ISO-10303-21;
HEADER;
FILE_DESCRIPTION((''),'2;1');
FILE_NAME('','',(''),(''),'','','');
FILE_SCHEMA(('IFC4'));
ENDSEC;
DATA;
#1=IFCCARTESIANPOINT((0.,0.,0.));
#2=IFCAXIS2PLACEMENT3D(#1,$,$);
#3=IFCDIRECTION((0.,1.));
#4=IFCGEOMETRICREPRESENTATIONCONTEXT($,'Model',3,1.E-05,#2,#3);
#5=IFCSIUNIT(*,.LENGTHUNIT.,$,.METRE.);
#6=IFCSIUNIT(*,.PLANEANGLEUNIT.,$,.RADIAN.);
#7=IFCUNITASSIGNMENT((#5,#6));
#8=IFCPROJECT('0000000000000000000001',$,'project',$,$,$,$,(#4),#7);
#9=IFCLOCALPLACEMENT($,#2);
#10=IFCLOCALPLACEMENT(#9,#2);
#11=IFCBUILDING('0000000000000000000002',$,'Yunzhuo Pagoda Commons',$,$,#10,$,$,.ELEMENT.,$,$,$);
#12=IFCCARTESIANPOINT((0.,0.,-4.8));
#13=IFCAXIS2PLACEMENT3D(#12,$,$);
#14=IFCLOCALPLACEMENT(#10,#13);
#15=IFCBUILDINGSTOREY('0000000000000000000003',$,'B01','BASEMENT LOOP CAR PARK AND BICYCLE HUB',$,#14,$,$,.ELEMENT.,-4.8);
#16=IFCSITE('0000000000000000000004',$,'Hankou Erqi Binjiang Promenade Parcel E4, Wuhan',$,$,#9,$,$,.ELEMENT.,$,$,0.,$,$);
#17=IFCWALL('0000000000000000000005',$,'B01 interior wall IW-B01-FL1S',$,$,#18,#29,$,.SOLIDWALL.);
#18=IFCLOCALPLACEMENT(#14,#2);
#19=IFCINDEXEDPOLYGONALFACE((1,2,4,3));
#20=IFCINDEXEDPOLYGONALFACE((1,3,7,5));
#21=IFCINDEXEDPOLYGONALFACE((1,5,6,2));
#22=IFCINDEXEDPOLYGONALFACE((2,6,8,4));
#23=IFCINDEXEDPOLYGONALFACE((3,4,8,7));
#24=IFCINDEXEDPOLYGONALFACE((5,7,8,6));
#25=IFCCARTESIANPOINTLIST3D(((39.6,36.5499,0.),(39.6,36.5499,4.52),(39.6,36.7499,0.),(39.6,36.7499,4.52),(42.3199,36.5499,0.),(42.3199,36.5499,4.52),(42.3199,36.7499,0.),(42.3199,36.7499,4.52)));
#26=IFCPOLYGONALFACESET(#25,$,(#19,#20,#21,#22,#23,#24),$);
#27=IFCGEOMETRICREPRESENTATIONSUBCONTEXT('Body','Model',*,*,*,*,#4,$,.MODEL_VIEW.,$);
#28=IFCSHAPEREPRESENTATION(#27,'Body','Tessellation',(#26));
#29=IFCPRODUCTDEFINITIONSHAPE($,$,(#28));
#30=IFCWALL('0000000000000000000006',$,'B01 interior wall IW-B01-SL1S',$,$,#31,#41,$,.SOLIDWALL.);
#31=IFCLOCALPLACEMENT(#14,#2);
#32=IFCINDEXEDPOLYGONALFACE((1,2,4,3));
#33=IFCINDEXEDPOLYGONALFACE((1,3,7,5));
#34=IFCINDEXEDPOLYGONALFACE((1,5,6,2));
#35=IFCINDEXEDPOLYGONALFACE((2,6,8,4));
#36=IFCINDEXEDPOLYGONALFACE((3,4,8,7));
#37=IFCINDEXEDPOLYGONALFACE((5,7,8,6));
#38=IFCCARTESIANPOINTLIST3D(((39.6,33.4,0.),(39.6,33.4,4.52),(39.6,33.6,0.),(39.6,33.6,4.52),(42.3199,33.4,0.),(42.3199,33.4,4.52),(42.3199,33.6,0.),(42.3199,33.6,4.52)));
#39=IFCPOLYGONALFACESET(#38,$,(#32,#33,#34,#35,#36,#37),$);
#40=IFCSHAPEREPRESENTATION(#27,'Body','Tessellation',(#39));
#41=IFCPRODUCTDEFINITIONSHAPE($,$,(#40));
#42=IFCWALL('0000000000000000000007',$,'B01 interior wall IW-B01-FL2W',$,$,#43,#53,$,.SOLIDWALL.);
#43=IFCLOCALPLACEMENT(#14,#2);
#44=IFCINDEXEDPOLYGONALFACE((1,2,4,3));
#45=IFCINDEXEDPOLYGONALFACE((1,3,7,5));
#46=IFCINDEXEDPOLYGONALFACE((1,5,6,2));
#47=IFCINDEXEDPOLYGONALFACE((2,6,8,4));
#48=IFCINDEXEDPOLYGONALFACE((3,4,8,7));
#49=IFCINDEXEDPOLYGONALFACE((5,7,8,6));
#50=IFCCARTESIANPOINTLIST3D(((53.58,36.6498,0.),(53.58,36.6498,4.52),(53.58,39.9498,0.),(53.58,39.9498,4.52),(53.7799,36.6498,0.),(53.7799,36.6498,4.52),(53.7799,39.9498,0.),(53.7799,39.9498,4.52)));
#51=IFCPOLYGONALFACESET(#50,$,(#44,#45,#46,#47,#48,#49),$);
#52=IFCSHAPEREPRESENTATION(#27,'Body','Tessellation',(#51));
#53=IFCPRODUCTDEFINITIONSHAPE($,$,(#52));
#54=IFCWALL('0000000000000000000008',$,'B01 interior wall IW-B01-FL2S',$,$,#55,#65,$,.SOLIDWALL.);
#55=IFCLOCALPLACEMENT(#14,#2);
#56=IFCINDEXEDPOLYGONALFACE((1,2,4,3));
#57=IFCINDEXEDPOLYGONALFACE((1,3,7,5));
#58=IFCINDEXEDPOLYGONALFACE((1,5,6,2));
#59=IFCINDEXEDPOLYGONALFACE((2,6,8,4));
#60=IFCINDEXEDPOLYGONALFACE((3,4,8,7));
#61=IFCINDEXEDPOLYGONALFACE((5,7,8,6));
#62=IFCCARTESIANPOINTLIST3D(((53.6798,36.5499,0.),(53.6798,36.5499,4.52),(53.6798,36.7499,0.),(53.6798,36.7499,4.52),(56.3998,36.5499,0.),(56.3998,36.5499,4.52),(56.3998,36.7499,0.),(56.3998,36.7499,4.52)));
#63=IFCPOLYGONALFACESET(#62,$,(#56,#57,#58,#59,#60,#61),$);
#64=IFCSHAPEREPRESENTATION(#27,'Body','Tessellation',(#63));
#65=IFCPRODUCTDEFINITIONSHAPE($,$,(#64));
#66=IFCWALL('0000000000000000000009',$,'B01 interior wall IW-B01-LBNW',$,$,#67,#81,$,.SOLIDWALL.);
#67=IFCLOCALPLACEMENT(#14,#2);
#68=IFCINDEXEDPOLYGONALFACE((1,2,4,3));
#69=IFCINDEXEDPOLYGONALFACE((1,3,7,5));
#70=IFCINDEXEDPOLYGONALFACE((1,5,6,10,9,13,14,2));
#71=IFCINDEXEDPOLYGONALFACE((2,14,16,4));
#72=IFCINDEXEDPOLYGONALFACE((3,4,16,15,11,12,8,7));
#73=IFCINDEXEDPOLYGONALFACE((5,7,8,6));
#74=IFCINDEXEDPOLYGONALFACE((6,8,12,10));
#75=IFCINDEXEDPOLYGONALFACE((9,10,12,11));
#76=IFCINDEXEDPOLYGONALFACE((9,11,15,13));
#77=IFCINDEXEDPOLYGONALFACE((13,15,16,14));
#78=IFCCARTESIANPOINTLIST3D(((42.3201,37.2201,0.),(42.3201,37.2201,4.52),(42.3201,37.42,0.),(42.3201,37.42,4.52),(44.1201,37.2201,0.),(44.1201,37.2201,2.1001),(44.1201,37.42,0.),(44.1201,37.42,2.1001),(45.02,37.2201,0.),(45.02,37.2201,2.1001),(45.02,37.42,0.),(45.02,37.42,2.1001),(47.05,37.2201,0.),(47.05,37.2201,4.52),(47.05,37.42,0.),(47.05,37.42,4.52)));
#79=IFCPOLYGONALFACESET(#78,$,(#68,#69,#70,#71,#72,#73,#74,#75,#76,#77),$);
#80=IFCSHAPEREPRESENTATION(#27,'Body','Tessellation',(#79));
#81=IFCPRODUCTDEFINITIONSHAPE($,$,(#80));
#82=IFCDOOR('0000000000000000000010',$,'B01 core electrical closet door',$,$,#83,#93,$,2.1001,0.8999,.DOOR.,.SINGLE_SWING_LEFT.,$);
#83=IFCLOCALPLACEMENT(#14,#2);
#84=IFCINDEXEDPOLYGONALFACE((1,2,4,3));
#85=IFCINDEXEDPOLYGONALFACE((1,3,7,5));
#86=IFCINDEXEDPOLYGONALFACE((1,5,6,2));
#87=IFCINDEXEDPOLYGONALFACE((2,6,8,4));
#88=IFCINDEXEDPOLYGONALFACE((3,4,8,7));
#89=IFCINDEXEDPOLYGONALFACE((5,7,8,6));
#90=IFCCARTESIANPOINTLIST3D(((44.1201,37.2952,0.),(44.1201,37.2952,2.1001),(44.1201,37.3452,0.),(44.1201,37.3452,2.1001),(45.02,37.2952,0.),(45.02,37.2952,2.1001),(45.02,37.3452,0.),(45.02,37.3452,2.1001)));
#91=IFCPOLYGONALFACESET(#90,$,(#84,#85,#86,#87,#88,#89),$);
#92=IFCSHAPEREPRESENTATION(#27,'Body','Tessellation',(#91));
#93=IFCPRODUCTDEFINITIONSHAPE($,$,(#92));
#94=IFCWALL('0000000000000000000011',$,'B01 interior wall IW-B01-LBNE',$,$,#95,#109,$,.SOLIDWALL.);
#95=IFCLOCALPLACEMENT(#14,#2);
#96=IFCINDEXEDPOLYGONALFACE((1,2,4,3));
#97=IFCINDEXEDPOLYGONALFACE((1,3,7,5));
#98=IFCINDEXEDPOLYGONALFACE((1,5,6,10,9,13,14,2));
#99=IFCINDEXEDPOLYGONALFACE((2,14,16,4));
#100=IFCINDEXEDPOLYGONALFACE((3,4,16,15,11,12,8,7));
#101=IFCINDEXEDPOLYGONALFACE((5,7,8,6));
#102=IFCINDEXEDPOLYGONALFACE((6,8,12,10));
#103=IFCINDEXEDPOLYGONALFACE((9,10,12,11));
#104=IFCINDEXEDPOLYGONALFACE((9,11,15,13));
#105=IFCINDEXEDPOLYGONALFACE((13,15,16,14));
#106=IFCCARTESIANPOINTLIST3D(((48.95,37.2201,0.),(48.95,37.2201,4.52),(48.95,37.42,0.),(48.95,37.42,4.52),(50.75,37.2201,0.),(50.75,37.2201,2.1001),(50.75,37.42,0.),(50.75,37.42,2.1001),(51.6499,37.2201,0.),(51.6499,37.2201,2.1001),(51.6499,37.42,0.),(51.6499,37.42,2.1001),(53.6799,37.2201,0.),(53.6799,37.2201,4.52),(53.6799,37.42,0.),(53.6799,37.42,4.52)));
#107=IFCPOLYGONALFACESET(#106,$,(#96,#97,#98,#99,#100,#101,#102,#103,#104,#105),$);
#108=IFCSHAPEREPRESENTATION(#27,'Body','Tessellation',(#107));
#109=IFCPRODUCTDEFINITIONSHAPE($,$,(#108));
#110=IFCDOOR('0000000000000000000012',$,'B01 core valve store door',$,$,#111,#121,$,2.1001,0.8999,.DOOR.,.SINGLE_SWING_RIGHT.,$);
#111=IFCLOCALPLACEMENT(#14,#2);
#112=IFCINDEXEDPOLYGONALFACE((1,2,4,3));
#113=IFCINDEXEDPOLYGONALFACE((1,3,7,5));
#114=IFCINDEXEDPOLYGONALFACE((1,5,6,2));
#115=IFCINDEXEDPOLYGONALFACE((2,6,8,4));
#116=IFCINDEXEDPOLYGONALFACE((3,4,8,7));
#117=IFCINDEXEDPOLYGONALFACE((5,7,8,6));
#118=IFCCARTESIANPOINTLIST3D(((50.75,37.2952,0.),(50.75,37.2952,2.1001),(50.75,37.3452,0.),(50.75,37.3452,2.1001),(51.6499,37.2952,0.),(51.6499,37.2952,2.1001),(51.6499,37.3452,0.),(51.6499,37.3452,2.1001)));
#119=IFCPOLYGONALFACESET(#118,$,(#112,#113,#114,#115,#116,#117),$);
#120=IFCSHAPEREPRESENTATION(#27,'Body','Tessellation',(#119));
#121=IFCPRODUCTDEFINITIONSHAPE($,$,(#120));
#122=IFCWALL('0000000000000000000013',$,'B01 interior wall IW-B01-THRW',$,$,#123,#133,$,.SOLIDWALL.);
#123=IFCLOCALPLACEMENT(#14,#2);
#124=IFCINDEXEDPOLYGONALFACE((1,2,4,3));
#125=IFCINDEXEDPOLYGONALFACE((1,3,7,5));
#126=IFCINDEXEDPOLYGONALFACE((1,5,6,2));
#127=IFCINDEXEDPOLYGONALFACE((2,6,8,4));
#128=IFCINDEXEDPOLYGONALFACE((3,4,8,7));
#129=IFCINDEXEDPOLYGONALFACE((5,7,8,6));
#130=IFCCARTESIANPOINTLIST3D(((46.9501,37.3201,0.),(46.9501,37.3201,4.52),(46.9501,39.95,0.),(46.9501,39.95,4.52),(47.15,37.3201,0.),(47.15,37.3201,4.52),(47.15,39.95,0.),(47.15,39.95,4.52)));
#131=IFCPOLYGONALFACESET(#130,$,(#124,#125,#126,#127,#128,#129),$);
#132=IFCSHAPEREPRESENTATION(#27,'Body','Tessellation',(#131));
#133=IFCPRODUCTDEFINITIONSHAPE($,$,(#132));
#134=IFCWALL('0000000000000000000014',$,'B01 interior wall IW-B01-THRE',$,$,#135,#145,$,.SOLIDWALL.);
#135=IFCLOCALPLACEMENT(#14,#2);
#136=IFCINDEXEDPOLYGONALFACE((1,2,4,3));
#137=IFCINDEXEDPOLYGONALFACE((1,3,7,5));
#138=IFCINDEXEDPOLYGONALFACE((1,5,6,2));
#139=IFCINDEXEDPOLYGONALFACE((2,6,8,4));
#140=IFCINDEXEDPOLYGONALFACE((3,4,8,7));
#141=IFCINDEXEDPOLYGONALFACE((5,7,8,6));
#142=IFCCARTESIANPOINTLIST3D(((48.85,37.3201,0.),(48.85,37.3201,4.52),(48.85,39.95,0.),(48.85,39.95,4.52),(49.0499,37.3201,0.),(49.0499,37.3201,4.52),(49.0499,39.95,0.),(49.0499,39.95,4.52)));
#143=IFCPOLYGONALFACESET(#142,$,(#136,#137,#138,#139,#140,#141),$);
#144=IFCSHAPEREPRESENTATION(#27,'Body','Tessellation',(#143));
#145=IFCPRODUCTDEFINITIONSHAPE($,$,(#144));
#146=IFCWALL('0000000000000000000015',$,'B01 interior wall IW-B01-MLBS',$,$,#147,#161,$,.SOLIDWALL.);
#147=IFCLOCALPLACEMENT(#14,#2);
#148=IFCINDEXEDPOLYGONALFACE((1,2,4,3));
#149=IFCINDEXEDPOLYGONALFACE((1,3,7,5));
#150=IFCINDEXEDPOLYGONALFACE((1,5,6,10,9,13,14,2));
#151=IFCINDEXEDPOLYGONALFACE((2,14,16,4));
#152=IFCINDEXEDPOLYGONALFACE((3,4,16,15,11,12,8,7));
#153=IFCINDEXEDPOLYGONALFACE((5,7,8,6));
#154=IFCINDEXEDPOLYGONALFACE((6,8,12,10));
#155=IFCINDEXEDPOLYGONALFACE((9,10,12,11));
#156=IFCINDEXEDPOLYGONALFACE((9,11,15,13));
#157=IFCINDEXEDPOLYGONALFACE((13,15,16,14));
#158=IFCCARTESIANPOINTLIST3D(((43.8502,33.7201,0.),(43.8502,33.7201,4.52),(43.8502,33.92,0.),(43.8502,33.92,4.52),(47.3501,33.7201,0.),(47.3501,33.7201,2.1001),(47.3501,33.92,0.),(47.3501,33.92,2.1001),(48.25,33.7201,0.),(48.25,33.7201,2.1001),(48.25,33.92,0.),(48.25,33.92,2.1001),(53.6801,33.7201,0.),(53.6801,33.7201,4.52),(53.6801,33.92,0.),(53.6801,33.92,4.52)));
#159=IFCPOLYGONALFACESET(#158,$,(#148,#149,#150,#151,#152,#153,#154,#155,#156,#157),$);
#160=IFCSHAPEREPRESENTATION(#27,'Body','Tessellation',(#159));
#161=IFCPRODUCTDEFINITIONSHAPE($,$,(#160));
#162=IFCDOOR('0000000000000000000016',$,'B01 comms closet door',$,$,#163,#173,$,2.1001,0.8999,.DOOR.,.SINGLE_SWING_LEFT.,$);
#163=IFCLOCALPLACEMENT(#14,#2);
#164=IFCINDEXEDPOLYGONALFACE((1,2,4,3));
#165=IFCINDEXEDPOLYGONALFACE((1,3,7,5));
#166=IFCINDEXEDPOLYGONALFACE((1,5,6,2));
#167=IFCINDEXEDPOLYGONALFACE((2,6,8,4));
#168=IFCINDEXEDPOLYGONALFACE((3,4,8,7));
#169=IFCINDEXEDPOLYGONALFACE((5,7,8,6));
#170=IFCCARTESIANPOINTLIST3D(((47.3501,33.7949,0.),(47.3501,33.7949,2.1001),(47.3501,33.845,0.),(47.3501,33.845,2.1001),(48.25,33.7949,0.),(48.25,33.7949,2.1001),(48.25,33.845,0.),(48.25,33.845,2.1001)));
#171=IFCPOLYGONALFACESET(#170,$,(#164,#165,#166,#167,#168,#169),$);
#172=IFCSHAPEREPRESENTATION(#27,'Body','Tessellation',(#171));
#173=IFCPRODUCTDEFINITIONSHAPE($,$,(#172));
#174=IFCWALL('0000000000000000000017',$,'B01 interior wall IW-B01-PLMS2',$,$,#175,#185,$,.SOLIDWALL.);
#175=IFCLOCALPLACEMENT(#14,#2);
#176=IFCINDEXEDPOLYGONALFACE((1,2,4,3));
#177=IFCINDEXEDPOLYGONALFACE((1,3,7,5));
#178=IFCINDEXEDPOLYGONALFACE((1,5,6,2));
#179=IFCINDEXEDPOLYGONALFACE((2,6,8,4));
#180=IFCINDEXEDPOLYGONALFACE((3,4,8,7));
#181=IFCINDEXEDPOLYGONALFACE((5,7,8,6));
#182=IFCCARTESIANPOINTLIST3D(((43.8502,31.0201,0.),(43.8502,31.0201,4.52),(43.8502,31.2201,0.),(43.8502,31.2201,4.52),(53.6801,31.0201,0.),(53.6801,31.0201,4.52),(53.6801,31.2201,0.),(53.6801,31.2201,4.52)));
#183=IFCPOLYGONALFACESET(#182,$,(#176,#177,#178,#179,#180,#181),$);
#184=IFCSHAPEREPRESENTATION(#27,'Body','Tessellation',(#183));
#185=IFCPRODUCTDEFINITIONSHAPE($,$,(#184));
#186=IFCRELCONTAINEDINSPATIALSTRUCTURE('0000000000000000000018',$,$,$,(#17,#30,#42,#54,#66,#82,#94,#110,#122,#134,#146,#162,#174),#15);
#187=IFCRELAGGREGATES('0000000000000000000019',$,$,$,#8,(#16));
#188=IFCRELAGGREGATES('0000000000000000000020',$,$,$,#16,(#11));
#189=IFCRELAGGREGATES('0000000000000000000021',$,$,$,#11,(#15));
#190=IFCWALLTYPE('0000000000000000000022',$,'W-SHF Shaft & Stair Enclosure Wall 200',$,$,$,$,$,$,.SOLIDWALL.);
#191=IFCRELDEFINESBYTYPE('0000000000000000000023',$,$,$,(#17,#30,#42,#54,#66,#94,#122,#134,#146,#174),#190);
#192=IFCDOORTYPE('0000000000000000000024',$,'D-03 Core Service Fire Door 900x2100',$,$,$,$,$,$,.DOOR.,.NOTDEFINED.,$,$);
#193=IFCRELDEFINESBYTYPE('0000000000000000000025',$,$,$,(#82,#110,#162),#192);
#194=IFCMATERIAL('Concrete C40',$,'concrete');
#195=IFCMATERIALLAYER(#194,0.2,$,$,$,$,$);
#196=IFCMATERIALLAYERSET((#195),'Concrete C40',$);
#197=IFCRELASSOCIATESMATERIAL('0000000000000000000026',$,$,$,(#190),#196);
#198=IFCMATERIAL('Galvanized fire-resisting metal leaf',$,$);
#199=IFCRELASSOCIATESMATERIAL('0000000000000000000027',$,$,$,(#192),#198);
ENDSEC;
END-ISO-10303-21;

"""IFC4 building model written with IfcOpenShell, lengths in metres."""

from ifc_helpers import new_model, si_unit, direction, frame, frame_2d, origin, origin_with_axes, place, context, subcontext, project, spatial, rectangle, extrude, source, transform, mapped, material, layer, layer_set, type_object, element, fill, save


model = new_model("IFC4")

# Units and contexts
model_context = context("Model", 3, precision=1e-05, world=origin(), true_north=direction((0.0, 1.0)))
body_context = subcontext(model_context, "Body", "Model", "MODEL_VIEW")
ifc_project = project(units=[si_unit("LENGTHUNIT", "METRE"), si_unit("PLANEANGLEUNIT", "RADIAN")], contexts=[model_context])

# Site, building, storey
site_placement = place(None, origin())
site = spatial("IfcSite", under=ifc_project, at=site_placement, Name="Hankou Erqi Binjiang Promenade Parcel E4, Wuhan", CompositionType="ELEMENT", RefElevation=0.0)
building_placement = place(site_placement, origin())
building = spatial("IfcBuilding", under=site, at=building_placement, Name="Yunzhuo Pagoda Commons", CompositionType="ELEMENT")
storey_placement = place(building_placement, frame((0.0, 0.0, -4.8)))
storey = spatial("IfcBuildingStorey", under=building, at=storey_placement, Name="B01", Description="BASEMENT LOOP CAR PARK AND BICYCLE HUB", CompositionType="ELEMENT", Elevation=-4.8)

# Shared definitions
ifc_material_1 = material(Name="Galvanized fire-resisting metal leaf")
ifc_material_2 = material(Name="Concrete C40", Category="concrete")
ifc_layer_1 = layer(ifc_material_2, 0.2)
ifc_layer_set_1 = layer_set([ifc_layer_1], Name="Concrete C40")
wall_type_1 = type_object("IfcWallType", Name="W-SHF Shaft & Stair Enclosure Wall 200", PredefinedType="SOLIDWALL", material=ifc_layer_set_1)

# Walls
for number, where, z_axis, x_axis, name in (
    (1, (39.6001, 36.6499, 0.0), (0.0, 0.0, 1.0), (1.0, 0.0, 0.0), "B01 interior wall IW-B01-FL1S"),
    (2, (39.6001, 33.5, 0.0), (0.0, 0.0, 1.0), (1.0, 0.0, 0.0), "B01 interior wall IW-B01-SL1S"),
):
    element("IfcWall", number, at=place(storey_placement, frame(where, z_axis=z_axis, x_axis=x_axis)), inside=storey, type_object=wall_type_1, Name=name, PredefinedType="SOLIDWALL", context=body_context, shape_type="SweptSolid", body=[
        extrude(rectangle(XDim=2.72, YDim=0.2, at=frame_2d((1.3599, 0.0))), origin(), (0.0, 0.0, 1.0), 4.52),
    ])
wall_1_placement = place(storey_placement, frame((53.6799, 36.6499, 0.0), z_axis=(0.0, 0.0, 1.0), x_axis=(0.0, 1.0, 0.0)))
element("IfcWall", 3, at=wall_1_placement, inside=storey, type_object=wall_type_1, Name="B01 interior wall IW-B01-FL2W", PredefinedType="SOLIDWALL", context=body_context, shape_type="SweptSolid", body=[
    extrude(rectangle(XDim=3.3, YDim=0.2, at=frame_2d((1.6499, 0.0))), origin(), (0.0, 0.0, 1.0), 4.52),
])
wall_2_placement = place(storey_placement, frame((53.6799, 36.6499, 0.0), z_axis=(0.0, 0.0, 1.0), x_axis=(1.0, 0.0, 0.0)))
element("IfcWall", 4, at=wall_2_placement, inside=storey, type_object=wall_type_1, Name="B01 interior wall IW-B01-FL2S", PredefinedType="SOLIDWALL", context=body_context, shape_type="SweptSolid", body=[
    extrude(rectangle(XDim=2.72, YDim=0.2, at=frame_2d((1.3599, 0.0))), origin(), (0.0, 0.0, 1.0), 4.52),
])

# Walls, openings, doors
wall_3_placement = place(storey_placement, frame((42.3201, 37.3201, 0.0), z_axis=(0.0, 0.0, 1.0), x_axis=(1.0, 0.0, 0.0)))
wall_3 = element("IfcWall", 5, at=wall_3_placement, inside=storey, type_object=wall_type_1, Name="B01 interior wall IW-B01-LBNW", PredefinedType="SOLIDWALL", context=body_context, shape_type="SweptSolid", body=[
    extrude(rectangle(XDim=4.73, YDim=0.2, at=frame_2d((2.365, 0.0))), origin(), (0.0, 0.0, 1.0), 4.52),
])
opening_1_placement = place(wall_3_placement, frame((1.8, 0.0, 0.0)))
opening_1 = element("IfcOpeningElement", 6, at=opening_1_placement, cuts=wall_3, PredefinedType="OPENING", context=body_context, shape_type="SweptSolid", body=[
    extrude(rectangle(XDim=0.8999, YDim=2.1001, at=frame_2d((0.45, 1.05))), frame((0.0, 0.1099, 0.0), z_axis=(0.0, -1.0, 0.0), x_axis=(1.0, 0.0, 0.0)), (0.0, 0.0, 1.0), 0.22),
])
door_type_1 = type_object("IfcDoorType", Name="D-03 Core Service Fire Door 900x2100", OperationType="NOTDEFINED", PredefinedType="DOOR", material=ifc_material_1)
shared_shape_1 = source(origin(), body_context, "Body", "SweptSolid", [
    extrude(rectangle(XDim=0.8999, YDim=2.1001, at=frame_2d((0.45, 1.05))), frame((0.0, 0.0249, 0.0), z_axis=(0.0, -1.0, 0.0), x_axis=(1.0, 0.0, 0.0)), (0.0, 0.0, 1.0), 0.05),
])
door_1_placement = place(opening_1_placement, frame((0.8999, 0.0, 0.0), z_axis=(0.0, 0.0, 1.0), x_axis=(-1.0, 0.0, 0.0)))
door_1 = element("IfcDoor", 7, at=door_1_placement, inside=storey, type_object=door_type_1, Name="B01 core electrical closet door", OperationType="SINGLE_SWING_LEFT", OverallHeight=2.1001, OverallWidth=0.8999, PredefinedType="DOOR", context=body_context, shape_type="MappedRepresentation", body=[
    mapped(shared_shape_1, transform((0.0, 0.0, 0.0), scale=1.0)),
])
fill(opening_1, door_1)
wall_4_placement = place(storey_placement, frame((48.95, 37.3201, 0.0), z_axis=(0.0, 0.0, 1.0), x_axis=(1.0, 0.0, 0.0)))
wall_4 = element("IfcWall", 8, at=wall_4_placement, inside=storey, type_object=wall_type_1, Name="B01 interior wall IW-B01-LBNE", PredefinedType="SOLIDWALL", context=body_context, shape_type="SweptSolid", body=[
    extrude(rectangle(XDim=4.73, YDim=0.2, at=frame_2d((2.365, 0.0))), origin(), (0.0, 0.0, 1.0), 4.52),
])
opening_2_placement = place(wall_4_placement, frame((1.8, 0.0, 0.0)))
opening_2 = element("IfcOpeningElement", 9, at=opening_2_placement, cuts=wall_4, PredefinedType="OPENING", context=body_context, shape_type="SweptSolid", body=[
    extrude(rectangle(XDim=0.8999, YDim=2.1001, at=frame_2d((0.45, 1.05))), frame((0.0, 0.1099, 0.0), z_axis=(0.0, -1.0, 0.0), x_axis=(1.0, 0.0, 0.0)), (0.0, 0.0, 1.0), 0.22),
])
door_2_placement = place(opening_2_placement, frame((0.8999, 0.0, 0.0), z_axis=(0.0, 0.0, 1.0), x_axis=(-1.0, 0.0, 0.0)))
door_2 = element("IfcDoor", 10, at=door_2_placement, inside=storey, type_object=door_type_1, Name="B01 core valve store door", OperationType="SINGLE_SWING_RIGHT", OverallHeight=2.1001, OverallWidth=0.8999, PredefinedType="DOOR", context=body_context, shape_type="MappedRepresentation", body=[
    mapped(shared_shape_1, transform((0.0, 0.0, 0.0), scale=1.0)),
])
fill(opening_2, door_2)

# Walls
for number, where, z_axis, x_axis, name in (
    (11, (47.05, 37.3201, 0.0), (0.0, 0.0, 1.0), (0.0, 1.0, 0.0), "B01 interior wall IW-B01-THRW"),
    (12, (48.95, 37.3201, 0.0), (0.0, 0.0, 1.0), (0.0, 1.0, 0.0), "B01 interior wall IW-B01-THRE"),
):
    element("IfcWall", number, at=place(storey_placement, frame(where, z_axis=z_axis, x_axis=x_axis)), inside=storey, type_object=wall_type_1, Name=name, PredefinedType="SOLIDWALL", context=body_context, shape_type="SweptSolid", body=[
        extrude(rectangle(XDim=2.6299, YDim=0.2, at=frame_2d((1.3149, 0.0))), origin(), (0.0, 0.0, 1.0), 4.52),
    ])

# Wall, opening, door
wall_5_placement = place(storey_placement, frame((43.8501, 33.8201, 0.0), z_axis=(0.0, 0.0, 1.0), x_axis=(1.0, 0.0, 0.0)))
wall_5 = element("IfcWall", 13, at=wall_5_placement, inside=storey, type_object=wall_type_1, Name="B01 interior wall IW-B01-MLBS", PredefinedType="SOLIDWALL", context=body_context, shape_type="SweptSolid", body=[
    extrude(rectangle(XDim=9.8298, YDim=0.2, at=frame_2d((4.915, 0.0))), origin(), (0.0, 0.0, 1.0), 4.52),
])
opening_3_placement = place(wall_5_placement, frame((3.5, 0.0, 0.0)))
opening_3 = element("IfcOpeningElement", 14, at=opening_3_placement, cuts=wall_5, PredefinedType="OPENING", context=body_context, shape_type="SweptSolid", body=[
    extrude(rectangle(XDim=0.8999, YDim=2.1001, at=frame_2d((0.45, 1.05))), frame((0.0, 0.1099, 0.0), z_axis=(0.0, -1.0, 0.0), x_axis=(1.0, 0.0, 0.0)), (0.0, 0.0, 1.0), 0.22),
])
door_3_placement = place(opening_3_placement, origin_with_axes())
door_3 = element("IfcDoor", 15, at=door_3_placement, inside=storey, type_object=door_type_1, Name="B01 comms closet door", OperationType="SINGLE_SWING_LEFT", OverallHeight=2.1001, OverallWidth=0.8999, PredefinedType="DOOR", context=body_context, shape_type="MappedRepresentation", body=[
    mapped(shared_shape_1, transform((0.0, 0.0, 0.0), scale=1.0)),
])
fill(opening_3, door_3)

# Wall
wall_6_placement = place(storey_placement, frame((43.8501, 31.1201, 0.0), z_axis=(0.0, 0.0, 1.0), x_axis=(1.0, 0.0, 0.0)))
element("IfcWall", 16, at=wall_6_placement, inside=storey, type_object=wall_type_1, Name="B01 interior wall IW-B01-PLMS2", PredefinedType="SOLIDWALL", context=body_context, shape_type="SweptSolid", body=[
    extrude(rectangle(XDim=9.8298, YDim=0.2, at=frame_2d((4.915, 0.0))), origin(), (0.0, 0.0, 1.0), 4.52),
])

save(model, "model.ifc")
